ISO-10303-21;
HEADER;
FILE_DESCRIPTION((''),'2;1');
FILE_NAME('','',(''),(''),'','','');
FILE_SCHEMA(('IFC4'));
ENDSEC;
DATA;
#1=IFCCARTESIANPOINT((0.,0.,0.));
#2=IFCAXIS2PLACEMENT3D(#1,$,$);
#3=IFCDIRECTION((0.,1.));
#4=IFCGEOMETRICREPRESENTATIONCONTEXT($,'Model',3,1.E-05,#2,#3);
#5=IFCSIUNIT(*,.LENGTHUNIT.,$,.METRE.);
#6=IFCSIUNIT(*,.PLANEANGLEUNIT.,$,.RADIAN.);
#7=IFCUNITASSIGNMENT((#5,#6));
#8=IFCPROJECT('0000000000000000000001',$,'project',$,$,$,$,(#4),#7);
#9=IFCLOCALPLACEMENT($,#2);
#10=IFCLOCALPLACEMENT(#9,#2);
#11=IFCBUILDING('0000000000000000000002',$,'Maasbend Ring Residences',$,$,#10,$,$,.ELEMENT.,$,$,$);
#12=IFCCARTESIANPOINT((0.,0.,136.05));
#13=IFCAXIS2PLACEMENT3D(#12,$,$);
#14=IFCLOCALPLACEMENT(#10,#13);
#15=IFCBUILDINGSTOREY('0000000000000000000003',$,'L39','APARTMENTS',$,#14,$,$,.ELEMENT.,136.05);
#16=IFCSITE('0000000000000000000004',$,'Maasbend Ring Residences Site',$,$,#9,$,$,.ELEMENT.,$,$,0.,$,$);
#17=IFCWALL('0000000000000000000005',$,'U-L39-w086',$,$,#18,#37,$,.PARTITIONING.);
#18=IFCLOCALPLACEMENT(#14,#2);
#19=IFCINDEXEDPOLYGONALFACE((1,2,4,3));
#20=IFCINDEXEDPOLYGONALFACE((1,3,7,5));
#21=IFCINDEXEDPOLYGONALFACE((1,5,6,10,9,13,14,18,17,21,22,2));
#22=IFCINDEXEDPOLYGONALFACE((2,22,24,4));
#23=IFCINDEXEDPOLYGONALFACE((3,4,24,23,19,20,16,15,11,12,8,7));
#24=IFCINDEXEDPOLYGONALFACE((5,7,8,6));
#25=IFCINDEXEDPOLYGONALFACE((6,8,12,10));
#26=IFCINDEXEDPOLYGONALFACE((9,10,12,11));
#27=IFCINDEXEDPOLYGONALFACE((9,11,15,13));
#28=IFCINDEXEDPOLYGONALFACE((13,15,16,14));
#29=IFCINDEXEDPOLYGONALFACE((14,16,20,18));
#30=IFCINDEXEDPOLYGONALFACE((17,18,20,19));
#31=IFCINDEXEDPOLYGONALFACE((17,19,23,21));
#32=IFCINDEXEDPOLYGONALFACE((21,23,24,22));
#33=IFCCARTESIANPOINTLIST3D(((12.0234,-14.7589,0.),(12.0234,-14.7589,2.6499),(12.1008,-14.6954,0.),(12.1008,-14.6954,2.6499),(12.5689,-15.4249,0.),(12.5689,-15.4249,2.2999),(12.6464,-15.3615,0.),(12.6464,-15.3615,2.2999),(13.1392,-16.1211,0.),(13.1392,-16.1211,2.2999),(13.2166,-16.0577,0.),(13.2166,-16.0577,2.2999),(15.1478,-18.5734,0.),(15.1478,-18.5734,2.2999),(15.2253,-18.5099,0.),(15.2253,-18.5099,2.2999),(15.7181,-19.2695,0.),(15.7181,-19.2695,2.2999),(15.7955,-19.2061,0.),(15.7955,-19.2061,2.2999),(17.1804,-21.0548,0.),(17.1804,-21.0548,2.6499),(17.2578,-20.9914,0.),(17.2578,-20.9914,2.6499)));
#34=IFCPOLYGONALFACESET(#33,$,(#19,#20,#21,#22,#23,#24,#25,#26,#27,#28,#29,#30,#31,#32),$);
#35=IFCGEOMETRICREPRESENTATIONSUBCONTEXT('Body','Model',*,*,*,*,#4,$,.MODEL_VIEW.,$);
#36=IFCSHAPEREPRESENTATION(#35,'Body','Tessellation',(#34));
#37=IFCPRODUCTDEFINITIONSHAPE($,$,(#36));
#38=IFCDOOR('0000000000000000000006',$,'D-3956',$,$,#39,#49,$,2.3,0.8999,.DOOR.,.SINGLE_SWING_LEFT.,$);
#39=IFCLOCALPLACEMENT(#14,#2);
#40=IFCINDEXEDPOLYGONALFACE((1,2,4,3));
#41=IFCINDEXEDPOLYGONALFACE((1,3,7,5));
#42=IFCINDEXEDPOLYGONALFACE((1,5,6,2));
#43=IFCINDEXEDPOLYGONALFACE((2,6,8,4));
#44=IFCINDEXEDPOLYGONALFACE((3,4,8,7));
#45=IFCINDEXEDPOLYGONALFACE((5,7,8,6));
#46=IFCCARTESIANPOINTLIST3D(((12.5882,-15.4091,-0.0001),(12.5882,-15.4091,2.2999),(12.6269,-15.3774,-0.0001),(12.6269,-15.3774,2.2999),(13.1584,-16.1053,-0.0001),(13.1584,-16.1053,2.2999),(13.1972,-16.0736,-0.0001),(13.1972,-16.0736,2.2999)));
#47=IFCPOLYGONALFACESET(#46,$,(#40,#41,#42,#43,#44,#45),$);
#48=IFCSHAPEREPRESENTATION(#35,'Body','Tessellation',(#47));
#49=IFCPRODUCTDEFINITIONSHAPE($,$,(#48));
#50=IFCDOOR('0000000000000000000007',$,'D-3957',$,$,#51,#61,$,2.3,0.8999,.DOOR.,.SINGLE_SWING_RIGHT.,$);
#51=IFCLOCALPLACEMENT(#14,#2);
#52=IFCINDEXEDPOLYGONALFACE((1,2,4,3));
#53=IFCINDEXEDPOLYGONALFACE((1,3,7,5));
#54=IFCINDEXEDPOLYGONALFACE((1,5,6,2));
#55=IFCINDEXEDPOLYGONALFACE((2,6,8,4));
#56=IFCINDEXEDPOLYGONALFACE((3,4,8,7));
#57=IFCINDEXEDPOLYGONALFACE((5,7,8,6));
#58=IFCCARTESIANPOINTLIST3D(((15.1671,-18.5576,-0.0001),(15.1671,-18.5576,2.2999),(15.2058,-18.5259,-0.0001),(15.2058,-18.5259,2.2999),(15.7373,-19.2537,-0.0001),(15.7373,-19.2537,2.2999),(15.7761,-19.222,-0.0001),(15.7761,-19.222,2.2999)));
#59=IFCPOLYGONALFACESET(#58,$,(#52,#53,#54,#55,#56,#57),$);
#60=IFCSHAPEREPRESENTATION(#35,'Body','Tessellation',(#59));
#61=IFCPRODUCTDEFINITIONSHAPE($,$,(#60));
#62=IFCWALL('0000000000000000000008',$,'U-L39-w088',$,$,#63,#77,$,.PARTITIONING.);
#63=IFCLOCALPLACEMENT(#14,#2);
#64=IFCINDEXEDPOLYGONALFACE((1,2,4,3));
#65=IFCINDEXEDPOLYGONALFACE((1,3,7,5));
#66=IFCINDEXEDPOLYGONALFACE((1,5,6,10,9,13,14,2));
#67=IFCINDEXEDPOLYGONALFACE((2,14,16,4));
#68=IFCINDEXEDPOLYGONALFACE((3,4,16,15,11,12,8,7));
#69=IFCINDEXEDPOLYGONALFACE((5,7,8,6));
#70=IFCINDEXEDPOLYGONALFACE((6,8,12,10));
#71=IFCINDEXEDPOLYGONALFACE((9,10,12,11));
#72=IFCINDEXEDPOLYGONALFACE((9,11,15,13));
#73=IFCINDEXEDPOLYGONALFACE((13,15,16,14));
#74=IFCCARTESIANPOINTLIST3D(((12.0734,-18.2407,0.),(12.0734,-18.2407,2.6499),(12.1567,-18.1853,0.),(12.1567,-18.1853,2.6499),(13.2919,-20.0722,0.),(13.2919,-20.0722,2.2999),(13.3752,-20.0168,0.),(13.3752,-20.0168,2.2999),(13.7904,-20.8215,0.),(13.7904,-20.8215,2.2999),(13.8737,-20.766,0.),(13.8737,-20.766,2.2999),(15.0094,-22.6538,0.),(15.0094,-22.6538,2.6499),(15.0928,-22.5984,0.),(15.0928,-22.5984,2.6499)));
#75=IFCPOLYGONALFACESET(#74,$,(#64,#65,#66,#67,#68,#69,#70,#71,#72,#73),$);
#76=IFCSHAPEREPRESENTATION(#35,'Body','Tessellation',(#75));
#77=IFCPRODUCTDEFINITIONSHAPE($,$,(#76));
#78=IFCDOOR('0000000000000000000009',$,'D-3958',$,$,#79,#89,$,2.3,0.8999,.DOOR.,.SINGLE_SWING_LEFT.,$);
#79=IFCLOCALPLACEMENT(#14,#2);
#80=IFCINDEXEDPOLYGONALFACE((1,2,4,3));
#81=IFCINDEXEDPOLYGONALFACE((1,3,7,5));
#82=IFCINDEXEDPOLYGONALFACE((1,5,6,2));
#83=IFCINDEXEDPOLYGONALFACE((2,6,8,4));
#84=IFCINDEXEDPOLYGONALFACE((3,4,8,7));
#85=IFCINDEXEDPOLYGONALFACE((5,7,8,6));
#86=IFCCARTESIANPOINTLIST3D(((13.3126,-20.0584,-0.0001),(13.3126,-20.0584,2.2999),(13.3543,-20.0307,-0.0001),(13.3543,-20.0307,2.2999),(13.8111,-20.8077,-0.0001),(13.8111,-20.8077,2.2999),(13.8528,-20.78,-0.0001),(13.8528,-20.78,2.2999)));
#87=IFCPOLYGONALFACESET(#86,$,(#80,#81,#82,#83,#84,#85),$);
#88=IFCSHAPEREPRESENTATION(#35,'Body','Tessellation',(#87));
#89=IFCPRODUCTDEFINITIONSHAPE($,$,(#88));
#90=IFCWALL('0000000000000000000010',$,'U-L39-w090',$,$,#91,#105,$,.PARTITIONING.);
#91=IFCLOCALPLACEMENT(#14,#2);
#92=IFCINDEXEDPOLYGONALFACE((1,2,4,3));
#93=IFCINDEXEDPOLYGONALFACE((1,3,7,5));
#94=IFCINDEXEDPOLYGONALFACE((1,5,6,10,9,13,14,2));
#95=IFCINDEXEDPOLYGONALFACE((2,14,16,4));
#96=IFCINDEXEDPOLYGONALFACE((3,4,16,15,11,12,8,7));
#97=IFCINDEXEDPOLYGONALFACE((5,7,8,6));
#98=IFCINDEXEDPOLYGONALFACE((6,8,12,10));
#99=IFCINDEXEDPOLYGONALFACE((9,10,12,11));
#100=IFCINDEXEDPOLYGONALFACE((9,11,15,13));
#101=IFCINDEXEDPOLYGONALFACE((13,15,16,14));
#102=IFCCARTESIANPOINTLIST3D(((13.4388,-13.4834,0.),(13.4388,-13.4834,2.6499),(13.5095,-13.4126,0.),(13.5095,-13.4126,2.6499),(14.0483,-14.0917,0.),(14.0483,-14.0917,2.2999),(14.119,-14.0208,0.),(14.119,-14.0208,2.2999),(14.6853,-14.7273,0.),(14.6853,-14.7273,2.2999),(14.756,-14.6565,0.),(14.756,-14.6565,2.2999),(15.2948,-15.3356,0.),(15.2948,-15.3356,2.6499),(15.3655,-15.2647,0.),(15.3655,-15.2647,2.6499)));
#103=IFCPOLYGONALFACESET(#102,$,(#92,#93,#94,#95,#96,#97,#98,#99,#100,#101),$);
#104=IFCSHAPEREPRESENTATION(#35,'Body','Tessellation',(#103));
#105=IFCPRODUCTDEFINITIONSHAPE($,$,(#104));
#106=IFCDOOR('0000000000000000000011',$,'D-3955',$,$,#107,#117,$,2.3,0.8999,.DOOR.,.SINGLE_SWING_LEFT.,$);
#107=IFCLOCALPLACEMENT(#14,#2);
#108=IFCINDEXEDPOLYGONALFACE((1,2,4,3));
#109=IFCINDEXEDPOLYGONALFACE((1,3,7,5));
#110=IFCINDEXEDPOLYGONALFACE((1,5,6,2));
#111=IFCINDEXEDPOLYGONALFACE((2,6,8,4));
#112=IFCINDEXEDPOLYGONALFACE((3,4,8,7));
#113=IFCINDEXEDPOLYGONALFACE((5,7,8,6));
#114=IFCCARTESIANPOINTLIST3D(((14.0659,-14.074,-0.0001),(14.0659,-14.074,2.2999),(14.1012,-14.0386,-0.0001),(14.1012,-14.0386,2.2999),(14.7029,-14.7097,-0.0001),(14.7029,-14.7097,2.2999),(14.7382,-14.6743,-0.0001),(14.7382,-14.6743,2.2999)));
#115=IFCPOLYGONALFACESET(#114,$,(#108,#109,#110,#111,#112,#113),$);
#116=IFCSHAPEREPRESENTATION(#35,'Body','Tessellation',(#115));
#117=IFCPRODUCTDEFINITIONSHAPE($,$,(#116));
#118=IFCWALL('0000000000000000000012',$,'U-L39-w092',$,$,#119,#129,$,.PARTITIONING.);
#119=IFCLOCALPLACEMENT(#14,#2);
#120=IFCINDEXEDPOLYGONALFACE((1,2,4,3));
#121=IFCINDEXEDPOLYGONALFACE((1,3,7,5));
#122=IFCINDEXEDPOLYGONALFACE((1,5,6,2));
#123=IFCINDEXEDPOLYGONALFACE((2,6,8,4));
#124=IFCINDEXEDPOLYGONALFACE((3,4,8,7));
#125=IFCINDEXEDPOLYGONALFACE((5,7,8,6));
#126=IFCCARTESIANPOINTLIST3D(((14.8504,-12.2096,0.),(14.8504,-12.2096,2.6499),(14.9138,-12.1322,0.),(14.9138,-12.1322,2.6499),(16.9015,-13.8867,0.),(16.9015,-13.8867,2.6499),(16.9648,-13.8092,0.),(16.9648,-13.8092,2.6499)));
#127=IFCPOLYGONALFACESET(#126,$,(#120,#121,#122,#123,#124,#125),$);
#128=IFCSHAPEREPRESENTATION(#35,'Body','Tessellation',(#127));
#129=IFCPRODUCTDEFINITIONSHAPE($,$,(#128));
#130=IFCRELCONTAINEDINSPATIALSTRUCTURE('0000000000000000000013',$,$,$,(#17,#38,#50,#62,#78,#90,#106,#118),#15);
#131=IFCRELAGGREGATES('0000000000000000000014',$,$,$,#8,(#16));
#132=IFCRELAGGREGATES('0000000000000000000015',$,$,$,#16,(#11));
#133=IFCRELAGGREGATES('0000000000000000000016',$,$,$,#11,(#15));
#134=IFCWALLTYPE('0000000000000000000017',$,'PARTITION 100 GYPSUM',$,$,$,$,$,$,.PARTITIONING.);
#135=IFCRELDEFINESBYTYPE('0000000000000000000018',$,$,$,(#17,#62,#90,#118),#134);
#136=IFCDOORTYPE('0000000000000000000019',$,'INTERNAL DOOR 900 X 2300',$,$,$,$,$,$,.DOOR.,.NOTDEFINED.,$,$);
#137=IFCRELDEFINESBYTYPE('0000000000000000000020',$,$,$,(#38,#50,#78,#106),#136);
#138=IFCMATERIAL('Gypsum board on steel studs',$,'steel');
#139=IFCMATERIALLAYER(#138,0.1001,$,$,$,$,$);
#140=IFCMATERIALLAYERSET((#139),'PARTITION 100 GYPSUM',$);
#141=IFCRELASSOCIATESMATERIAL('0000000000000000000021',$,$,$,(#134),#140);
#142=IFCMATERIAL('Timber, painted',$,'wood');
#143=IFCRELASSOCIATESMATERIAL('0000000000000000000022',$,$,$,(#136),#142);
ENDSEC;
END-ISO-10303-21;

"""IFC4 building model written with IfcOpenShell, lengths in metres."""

from ifc_helpers import new_model, si_unit, direction, frame, frame_2d, origin, place, context, subcontext, project, spatial, rectangle, extrude, material, layer, layer_set, type_object, element, fill, save


model = new_model("IFC4")

# Units and contexts
model_context = context("Model", 3, precision=1e-05, world=origin(), true_north=direction((0.0, 1.0)))
body_context = subcontext(model_context, "Body", "Model", "MODEL_VIEW")
ifc_project = project(units=[si_unit("LENGTHUNIT", "METRE"), si_unit("PLANEANGLEUNIT", "RADIAN")], contexts=[model_context])

# Site, building, storey
site_placement = place(None, origin())
site = spatial("IfcSite", under=ifc_project, at=site_placement, Name="Maasbend Ring Residences Site", CompositionType="ELEMENT", RefElevation=0.0)
building_placement = place(site_placement, origin())
building = spatial("IfcBuilding", under=site, at=building_placement, Name="Maasbend Ring Residences", CompositionType="ELEMENT")
storey_placement = place(building_placement, frame((0.0, 0.0, 136.05)))
storey = spatial("IfcBuildingStorey", under=building, at=storey_placement, Name="L39", Description="APARTMENTS", CompositionType="ELEMENT", Elevation=136.05)

# Shared definitions
ifc_material_1 = material(Name="Gypsum board on steel studs", Category="steel")
ifc_layer_1 = layer(ifc_material_1, 0.1001)
ifc_layer_set_1 = layer_set([ifc_layer_1], Name="PARTITION 100 GYPSUM")
wall_type_1 = type_object("IfcWallType", Name="PARTITION 100 GYPSUM", PredefinedType="PARTITIONING", material=ifc_layer_set_1)
ifc_material_2 = material(Name="Timber, painted", Category="wood")
door_type_1 = type_object("IfcDoorType", Name="INTERNAL DOOR 900 X 2300", OperationType="NOTDEFINED", PredefinedType="DOOR", material=ifc_material_2)

# Wall, openings, doors
wall_1_placement = place(storey_placement, frame((12.062, -14.7271, 0.0), z_axis=(0.0, 0.0, 1.0), x_axis=(0.633664, -0.773608, 0.0)))
wall_1 = element("IfcWall", 1, at=wall_1_placement, inside=storey, type_object=wall_type_1, Name="U-L39-w086", PredefinedType="PARTITIONING", context=body_context, shape_type="SweptSolid", body=[
    extrude(rectangle(XDim=8.1384, YDim=0.1001, at=frame_2d((4.0693, 0.0))), origin(), (0.0, 0.0, 1.0), 2.6499),
])
opening_1_placement = place(wall_1_placement, frame((0.8611, 0.0, 0.0)))
opening_1 = element("IfcOpeningElement", 2, at=opening_1_placement, cuts=wall_1, PredefinedType="OPENING", context=body_context, shape_type="SweptSolid", body=[
    extrude(rectangle(XDim=0.8999, YDim=2.3, at=frame_2d((0.45, 1.1499))), frame((0.0, 0.0601, 0.0), z_axis=(0.0, -1.0, 0.0), x_axis=(1.0, 0.0, 0.0)), (0.0, 0.0, 1.0), 0.1201),
])
opening_2_placement = place(wall_1_placement, frame((4.9309, 0.0, 0.0)))
opening_2 = element("IfcOpeningElement", 3, at=opening_2_placement, cuts=wall_1, PredefinedType="OPENING", context=body_context, shape_type="SweptSolid", body=[
    extrude(rectangle(XDim=0.8999, YDim=2.3, at=frame_2d((0.45, 1.1499))), frame((0.0, 0.0601, 0.0), z_axis=(0.0, -1.0, 0.0), x_axis=(1.0, 0.0, 0.0)), (0.0, 0.0, 1.0), 0.1201),
])
door_1_placement = place(opening_1_placement, origin())
door_1 = element("IfcDoor", 4, at=door_1_placement, inside=storey, type_object=door_type_1, Name="D-3956", OperationType="SINGLE_SWING_LEFT", OverallHeight=2.3, OverallWidth=0.8999, PredefinedType="DOOR", context=body_context, shape_type="SweptSolid", body=[
    extrude(rectangle(XDim=0.8999, YDim=2.3, at=frame_2d((0.45, 1.1499))), frame((0.0, 0.0249, 0.0), z_axis=(0.0, -1.0, 0.0), x_axis=(1.0, 0.0, 0.0)), (0.0, 0.0, 1.0), 0.05),
])
fill(opening_1, door_1)
door_2_placement = place(opening_2_placement, origin())
door_2 = element("IfcDoor", 5, at=door_2_placement, inside=storey, type_object=door_type_1, Name="D-3957", OperationType="SINGLE_SWING_RIGHT", OverallHeight=2.3, OverallWidth=0.8999, PredefinedType="DOOR", context=body_context, shape_type="SweptSolid", body=[
    extrude(rectangle(XDim=0.8999, YDim=2.3, at=frame_2d((0.45, 1.1499))), frame((0.0, 0.0249, 0.0), z_axis=(0.0, -1.0, 0.0), x_axis=(1.0, 0.0, 0.0)), (0.0, 0.0, 1.0), 0.05),
])
fill(opening_2, door_2)

# Walls, openings, doors
wall_2_placement = place(storey_placement, frame((12.115, -18.2129, 0.0), z_axis=(0.0, 0.0, 1.0), x_axis=(0.553913, -0.832574, 0.0)))
wall_2 = element("IfcWall", 6, at=wall_2_placement, inside=storey, type_object=wall_type_1, Name="U-L39-w088", PredefinedType="PARTITIONING", context=body_context, shape_type="SweptSolid", body=[
    extrude(rectangle(XDim=5.3005, YDim=0.1001, at=frame_2d((2.6504, 0.0))), origin(), (0.0, 0.0, 1.0), 2.6499),
])
opening_3_placement = place(wall_2_placement, frame((2.2, 0.0, 0.0)))
opening_3 = element("IfcOpeningElement", 7, at=opening_3_placement, cuts=wall_2, PredefinedType="OPENING", context=body_context, shape_type="SweptSolid", body=[
    extrude(rectangle(XDim=0.8999, YDim=2.3, at=frame_2d((0.45, 1.1499))), frame((0.0, 0.0601, 0.0), z_axis=(0.0, -1.0, 0.0), x_axis=(1.0, 0.0, 0.0)), (0.0, 0.0, 1.0), 0.1201),
])
door_3_placement = place(opening_3_placement, origin())
door_3 = element("IfcDoor", 8, at=door_3_placement, inside=storey, type_object=door_type_1, Name="D-3958", OperationType="SINGLE_SWING_LEFT", OverallHeight=2.3, OverallWidth=0.8999, PredefinedType="DOOR", context=body_context, shape_type="SweptSolid", body=[
    extrude(rectangle(XDim=0.8999, YDim=2.3, at=frame_2d((0.45, 1.1499))), frame((0.0, 0.0249, 0.0), z_axis=(0.0, -1.0, 0.0), x_axis=(1.0, 0.0, 0.0)), (0.0, 0.0, 1.0), 0.05),
])
fill(opening_3, door_3)
wall_3_placement = place(storey_placement, frame((13.4741, -13.448, 0.0), z_axis=(0.0, 0.0, 1.0), x_axis=(0.707851, -0.706361, 0.0)))
wall_3 = element("IfcWall", 9, at=wall_3_placement, inside=storey, type_object=wall_type_1, Name="U-L39-w090", PredefinedType="PARTITIONING", context=body_context, shape_type="SweptSolid", body=[
    extrude(rectangle(XDim=2.6221, YDim=0.1001, at=frame_2d((1.311, 0.0))), origin(), (0.0, 0.0, 1.0), 2.6499),
])
opening_4_placement = place(wall_3_placement, frame((0.8611, 0.0, 0.0)))
opening_4 = element("IfcOpeningElement", 10, at=opening_4_placement, cuts=wall_3, PredefinedType="OPENING", context=body_context, shape_type="SweptSolid", body=[
    extrude(rectangle(XDim=0.8999, YDim=2.3, at=frame_2d((0.45, 1.1499))), frame((0.0, 0.0601, 0.0), z_axis=(0.0, -1.0, 0.0), x_axis=(1.0, 0.0, 0.0)), (0.0, 0.0, 1.0), 0.1201),
])
door_4_placement = place(opening_4_placement, origin())
door_4 = element("IfcDoor", 11, at=door_4_placement, inside=storey, type_object=door_type_1, Name="D-3955", OperationType="SINGLE_SWING_LEFT", OverallHeight=2.3, OverallWidth=0.8999, PredefinedType="DOOR", context=body_context, shape_type="SweptSolid", body=[
    extrude(rectangle(XDim=0.8999, YDim=2.3, at=frame_2d((0.45, 1.1499))), frame((0.0, 0.0249, 0.0), z_axis=(0.0, -1.0, 0.0), x_axis=(1.0, 0.0, 0.0)), (0.0, 0.0, 1.0), 0.05),
])
fill(opening_4, door_4)

# Wall
wall_4_placement = place(storey_placement, frame((14.8821, -12.1709, 0.0), z_axis=(0.0, 0.0, 1.0), x_axis=(0.774163, -0.632987, 0.0)))
element("IfcWall", 12, at=wall_4_placement, inside=storey, type_object=wall_type_1, Name="U-L39-w092", PredefinedType="PARTITIONING", context=body_context, shape_type="SweptSolid", body=[
    extrude(rectangle(XDim=2.6494, YDim=0.1001, at=frame_2d((1.3247, 0.0))), origin(), (0.0, 0.0, 1.0), 2.6499),
])

save(model, "model.ifc")
